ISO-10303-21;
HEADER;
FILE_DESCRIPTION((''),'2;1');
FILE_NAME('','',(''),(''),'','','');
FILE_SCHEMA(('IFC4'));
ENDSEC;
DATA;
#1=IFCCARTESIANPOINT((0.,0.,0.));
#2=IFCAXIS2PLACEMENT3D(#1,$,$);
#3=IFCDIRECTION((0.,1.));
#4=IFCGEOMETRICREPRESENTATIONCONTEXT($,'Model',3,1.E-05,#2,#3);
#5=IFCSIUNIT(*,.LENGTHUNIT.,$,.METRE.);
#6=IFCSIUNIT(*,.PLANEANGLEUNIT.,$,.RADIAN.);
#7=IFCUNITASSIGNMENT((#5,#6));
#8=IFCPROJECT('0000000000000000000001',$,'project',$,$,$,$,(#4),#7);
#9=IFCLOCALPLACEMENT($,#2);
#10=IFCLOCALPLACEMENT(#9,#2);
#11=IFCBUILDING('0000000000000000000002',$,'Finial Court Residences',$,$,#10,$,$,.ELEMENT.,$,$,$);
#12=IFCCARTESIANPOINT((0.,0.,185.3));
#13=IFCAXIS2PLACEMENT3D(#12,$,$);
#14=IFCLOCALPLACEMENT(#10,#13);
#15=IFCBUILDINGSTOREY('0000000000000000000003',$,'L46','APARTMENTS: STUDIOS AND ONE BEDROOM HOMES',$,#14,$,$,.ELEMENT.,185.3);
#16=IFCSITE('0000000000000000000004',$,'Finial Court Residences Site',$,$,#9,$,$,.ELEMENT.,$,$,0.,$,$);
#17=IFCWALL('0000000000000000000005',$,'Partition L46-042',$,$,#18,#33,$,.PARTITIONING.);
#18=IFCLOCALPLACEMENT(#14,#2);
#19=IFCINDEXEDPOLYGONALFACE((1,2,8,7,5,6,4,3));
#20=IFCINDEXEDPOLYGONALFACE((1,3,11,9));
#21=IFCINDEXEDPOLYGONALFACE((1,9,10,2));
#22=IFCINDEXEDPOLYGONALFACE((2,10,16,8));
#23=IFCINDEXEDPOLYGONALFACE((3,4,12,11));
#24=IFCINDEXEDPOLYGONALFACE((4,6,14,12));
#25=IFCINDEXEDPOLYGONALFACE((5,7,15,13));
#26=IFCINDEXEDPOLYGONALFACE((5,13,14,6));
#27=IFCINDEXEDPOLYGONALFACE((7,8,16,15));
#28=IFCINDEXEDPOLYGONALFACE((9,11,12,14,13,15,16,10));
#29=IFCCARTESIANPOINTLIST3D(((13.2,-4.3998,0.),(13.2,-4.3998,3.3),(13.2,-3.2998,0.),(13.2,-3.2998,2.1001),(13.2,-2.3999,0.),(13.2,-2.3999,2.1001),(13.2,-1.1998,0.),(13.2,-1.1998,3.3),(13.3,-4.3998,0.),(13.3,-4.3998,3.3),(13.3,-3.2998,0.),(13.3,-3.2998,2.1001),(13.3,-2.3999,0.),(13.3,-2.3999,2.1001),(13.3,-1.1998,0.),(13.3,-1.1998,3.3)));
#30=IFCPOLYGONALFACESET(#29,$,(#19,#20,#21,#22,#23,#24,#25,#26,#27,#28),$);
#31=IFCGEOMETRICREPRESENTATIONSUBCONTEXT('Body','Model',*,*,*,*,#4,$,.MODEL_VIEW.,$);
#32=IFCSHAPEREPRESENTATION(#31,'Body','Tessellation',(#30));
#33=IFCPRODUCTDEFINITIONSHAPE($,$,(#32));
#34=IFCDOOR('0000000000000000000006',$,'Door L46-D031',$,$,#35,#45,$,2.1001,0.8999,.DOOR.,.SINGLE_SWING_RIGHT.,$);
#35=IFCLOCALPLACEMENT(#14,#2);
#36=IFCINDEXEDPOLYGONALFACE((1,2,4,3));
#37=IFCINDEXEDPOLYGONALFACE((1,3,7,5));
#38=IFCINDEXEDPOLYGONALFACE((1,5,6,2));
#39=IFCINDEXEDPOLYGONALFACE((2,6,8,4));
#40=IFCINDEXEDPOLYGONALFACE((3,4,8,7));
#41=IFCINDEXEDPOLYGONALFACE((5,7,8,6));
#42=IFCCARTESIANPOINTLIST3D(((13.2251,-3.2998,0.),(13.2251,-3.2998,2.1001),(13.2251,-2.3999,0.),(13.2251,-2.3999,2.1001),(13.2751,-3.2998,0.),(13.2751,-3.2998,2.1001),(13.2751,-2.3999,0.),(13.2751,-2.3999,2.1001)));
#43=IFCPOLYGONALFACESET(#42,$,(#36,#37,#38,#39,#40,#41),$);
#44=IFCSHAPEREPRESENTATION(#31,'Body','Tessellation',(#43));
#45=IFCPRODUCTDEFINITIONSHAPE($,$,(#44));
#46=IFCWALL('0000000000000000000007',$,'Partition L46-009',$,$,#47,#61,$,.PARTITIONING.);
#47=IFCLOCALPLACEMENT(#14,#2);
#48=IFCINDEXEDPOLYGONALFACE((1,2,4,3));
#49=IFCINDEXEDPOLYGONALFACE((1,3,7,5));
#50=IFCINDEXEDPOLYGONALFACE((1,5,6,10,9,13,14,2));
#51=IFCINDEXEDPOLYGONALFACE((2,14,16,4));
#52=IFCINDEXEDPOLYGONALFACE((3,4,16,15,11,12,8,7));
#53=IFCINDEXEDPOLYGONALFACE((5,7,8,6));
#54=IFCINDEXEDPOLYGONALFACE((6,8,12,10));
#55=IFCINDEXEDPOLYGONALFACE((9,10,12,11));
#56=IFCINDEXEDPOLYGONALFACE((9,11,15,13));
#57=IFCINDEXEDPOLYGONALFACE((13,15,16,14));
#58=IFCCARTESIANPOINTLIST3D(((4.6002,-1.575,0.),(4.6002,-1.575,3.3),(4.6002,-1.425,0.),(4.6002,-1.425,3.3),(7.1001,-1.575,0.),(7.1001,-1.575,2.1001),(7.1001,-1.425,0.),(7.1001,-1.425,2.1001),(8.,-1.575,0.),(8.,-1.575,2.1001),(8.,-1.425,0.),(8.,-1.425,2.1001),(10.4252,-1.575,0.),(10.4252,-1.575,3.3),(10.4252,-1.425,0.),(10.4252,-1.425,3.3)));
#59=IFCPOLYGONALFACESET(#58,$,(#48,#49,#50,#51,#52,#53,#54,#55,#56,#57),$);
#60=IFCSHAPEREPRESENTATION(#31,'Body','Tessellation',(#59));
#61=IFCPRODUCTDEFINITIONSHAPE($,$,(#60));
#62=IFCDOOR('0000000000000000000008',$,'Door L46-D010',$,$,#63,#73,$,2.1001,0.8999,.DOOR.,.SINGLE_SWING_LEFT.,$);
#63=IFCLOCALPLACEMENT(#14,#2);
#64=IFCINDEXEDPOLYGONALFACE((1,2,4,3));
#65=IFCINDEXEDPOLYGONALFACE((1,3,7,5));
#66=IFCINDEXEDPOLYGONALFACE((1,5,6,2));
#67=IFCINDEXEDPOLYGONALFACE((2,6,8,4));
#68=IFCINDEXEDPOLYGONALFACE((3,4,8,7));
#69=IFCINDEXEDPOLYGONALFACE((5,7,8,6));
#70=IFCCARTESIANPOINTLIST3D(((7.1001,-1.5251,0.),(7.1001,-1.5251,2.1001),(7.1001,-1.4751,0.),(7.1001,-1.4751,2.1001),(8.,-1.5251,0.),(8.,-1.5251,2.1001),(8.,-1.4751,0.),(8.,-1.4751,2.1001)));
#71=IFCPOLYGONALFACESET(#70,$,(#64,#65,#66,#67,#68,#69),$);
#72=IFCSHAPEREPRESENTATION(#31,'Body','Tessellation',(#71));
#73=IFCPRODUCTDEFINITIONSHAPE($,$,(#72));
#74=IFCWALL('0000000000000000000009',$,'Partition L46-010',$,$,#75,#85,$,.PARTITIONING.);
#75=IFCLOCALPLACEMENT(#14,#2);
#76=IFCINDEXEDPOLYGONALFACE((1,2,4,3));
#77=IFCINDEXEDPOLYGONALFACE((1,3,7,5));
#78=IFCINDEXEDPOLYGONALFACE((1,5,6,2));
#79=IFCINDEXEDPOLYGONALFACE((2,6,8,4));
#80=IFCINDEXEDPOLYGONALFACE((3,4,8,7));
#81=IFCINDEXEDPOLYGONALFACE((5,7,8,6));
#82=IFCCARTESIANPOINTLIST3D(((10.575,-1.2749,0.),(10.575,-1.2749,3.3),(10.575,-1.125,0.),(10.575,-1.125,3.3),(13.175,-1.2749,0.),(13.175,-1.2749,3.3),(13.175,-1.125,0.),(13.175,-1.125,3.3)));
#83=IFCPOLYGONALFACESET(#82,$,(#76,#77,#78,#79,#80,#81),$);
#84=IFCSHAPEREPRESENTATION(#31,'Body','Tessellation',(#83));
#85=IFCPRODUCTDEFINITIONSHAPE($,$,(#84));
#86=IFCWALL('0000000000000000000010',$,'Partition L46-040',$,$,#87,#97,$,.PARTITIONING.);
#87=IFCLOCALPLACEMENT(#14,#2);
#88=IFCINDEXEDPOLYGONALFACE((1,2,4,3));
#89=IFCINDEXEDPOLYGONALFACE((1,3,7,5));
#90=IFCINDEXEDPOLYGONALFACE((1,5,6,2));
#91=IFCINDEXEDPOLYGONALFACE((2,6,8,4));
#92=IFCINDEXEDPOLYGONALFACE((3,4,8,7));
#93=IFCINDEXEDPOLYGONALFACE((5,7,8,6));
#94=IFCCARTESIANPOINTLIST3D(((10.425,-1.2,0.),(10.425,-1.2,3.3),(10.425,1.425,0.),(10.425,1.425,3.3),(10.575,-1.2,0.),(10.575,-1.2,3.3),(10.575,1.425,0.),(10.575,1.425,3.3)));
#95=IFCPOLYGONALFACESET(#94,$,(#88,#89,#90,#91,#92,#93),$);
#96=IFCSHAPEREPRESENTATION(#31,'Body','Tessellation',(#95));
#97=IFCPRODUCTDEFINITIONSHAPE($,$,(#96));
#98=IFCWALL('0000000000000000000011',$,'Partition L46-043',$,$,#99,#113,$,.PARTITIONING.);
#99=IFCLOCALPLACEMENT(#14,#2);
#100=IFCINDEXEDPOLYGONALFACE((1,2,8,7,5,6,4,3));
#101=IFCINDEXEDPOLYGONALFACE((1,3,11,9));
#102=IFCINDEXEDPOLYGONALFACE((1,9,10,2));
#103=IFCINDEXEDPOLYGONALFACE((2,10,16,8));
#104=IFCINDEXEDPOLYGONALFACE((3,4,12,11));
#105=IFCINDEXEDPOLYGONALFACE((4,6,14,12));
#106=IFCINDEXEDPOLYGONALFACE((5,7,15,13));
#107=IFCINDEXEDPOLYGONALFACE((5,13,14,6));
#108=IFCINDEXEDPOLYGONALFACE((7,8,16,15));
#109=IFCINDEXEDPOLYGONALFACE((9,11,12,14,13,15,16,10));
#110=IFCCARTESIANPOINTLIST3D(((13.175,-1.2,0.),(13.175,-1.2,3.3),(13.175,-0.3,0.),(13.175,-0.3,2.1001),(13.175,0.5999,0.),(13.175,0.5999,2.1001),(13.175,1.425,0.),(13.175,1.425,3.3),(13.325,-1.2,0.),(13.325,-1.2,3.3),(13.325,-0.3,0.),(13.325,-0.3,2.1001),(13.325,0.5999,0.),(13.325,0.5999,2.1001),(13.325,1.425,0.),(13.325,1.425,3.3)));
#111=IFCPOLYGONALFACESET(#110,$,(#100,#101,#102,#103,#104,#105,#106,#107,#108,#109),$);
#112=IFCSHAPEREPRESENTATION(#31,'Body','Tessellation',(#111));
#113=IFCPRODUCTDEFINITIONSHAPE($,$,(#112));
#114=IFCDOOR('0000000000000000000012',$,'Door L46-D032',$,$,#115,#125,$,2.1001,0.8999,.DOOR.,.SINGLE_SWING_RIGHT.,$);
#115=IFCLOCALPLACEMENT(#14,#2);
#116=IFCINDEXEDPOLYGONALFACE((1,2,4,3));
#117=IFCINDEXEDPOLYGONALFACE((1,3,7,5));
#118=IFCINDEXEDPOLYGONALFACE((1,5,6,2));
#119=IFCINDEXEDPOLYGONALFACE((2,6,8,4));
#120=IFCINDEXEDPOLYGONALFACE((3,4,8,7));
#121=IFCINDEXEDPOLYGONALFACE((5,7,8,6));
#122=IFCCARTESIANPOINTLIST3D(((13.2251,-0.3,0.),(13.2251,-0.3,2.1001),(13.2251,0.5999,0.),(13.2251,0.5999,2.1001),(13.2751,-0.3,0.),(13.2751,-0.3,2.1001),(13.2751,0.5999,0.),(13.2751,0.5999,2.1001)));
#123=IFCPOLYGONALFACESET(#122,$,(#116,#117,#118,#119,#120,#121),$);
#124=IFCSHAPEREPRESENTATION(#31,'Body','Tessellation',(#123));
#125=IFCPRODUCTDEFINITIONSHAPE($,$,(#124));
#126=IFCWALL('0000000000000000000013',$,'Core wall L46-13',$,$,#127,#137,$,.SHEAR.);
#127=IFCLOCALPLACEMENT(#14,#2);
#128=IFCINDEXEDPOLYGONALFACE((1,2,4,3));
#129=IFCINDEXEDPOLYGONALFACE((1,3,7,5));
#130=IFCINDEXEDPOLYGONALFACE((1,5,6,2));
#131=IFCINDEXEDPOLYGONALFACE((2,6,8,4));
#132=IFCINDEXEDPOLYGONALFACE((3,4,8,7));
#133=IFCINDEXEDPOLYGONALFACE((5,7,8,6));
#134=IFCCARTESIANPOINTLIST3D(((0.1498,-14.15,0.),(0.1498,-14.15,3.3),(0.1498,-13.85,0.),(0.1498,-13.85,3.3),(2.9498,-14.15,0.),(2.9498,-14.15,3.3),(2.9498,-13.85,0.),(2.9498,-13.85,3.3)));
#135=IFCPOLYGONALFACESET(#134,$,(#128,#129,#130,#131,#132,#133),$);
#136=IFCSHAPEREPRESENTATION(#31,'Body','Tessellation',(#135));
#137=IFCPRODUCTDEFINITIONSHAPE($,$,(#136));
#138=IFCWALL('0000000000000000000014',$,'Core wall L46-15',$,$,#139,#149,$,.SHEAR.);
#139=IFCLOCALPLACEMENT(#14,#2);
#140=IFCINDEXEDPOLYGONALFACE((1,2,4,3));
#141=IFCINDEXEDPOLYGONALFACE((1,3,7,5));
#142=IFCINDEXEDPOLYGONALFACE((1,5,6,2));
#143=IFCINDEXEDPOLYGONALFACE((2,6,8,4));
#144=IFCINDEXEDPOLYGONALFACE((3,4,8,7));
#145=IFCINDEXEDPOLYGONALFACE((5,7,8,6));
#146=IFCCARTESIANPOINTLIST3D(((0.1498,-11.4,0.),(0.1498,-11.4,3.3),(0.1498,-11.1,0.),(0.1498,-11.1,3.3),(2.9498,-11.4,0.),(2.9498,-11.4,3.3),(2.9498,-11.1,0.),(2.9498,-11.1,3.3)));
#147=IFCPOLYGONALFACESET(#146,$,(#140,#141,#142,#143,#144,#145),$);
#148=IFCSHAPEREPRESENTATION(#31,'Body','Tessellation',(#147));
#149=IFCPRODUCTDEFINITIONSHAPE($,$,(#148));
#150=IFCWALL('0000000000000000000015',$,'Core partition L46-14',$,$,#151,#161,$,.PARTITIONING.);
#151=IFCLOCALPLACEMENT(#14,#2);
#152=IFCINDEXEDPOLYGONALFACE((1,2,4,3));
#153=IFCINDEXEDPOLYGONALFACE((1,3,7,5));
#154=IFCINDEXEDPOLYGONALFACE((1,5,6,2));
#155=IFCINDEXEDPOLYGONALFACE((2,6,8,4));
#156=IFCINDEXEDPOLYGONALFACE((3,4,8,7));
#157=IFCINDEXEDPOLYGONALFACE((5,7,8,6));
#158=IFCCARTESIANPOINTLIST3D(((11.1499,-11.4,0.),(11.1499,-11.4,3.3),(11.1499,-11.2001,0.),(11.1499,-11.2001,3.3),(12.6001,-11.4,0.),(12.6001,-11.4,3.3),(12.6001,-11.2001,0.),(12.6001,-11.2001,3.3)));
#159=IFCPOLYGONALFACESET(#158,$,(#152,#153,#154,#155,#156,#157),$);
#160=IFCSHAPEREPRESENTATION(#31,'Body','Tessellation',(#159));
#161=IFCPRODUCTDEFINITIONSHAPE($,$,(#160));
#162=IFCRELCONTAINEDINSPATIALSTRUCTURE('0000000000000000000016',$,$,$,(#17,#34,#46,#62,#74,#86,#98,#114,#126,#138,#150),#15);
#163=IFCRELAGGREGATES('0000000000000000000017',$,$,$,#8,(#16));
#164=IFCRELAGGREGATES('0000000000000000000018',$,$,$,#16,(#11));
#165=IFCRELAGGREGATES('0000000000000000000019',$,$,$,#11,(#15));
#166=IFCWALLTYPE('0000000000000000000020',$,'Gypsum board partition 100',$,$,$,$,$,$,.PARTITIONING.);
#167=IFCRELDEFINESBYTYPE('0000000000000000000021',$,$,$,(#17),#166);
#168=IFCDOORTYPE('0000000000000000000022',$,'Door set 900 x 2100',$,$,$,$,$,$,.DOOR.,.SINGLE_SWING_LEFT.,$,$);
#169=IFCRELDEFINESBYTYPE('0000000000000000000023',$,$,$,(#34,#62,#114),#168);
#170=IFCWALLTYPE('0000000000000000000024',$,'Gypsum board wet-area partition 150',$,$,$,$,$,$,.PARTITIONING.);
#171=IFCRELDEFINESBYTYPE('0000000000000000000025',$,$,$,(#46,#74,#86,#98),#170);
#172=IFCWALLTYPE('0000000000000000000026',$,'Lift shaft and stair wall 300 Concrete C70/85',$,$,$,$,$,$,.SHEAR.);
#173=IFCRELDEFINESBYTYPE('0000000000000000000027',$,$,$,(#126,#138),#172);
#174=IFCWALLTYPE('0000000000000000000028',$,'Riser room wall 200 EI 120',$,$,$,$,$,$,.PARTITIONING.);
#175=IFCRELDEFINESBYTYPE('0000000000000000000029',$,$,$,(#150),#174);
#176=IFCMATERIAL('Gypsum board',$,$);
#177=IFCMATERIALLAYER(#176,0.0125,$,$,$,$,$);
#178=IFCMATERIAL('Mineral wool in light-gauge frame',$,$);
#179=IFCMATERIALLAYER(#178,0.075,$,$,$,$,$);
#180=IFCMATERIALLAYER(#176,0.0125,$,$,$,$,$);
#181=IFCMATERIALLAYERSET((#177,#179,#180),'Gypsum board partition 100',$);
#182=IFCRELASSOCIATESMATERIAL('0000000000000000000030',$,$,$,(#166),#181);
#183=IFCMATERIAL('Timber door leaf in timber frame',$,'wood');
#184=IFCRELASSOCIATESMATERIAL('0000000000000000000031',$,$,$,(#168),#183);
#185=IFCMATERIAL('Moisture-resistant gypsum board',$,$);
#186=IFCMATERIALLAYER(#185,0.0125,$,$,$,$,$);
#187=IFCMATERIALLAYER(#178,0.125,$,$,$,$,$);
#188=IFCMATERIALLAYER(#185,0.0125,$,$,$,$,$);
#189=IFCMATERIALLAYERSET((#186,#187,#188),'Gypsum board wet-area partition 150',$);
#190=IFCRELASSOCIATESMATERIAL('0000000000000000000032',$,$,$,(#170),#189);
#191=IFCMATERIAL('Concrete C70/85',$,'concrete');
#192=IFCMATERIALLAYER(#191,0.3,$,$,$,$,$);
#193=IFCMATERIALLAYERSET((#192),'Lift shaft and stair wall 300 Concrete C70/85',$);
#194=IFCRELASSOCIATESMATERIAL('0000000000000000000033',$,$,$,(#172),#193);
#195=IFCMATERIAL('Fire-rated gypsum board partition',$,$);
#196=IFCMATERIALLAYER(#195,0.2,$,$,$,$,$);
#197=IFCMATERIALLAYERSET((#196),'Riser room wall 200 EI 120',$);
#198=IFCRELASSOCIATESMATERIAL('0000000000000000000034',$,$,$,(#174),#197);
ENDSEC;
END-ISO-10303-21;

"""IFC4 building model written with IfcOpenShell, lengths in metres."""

from ifc_helpers import new_model, si_unit, direction, frame, frame_2d, origin, place, context, subcontext, project, spatial, rectangle, extrude, material, layer, layer_set, type_object, element, fill, save


model = new_model("IFC4")

# Units and contexts
model_context = context("Model", 3, precision=1e-05, world=origin(), true_north=direction((0.0, 1.0)))
body_context = subcontext(model_context, "Body", "Model", "MODEL_VIEW")
ifc_project = project(units=[si_unit("LENGTHUNIT", "METRE"), si_unit("PLANEANGLEUNIT", "RADIAN")], contexts=[model_context])

# Site, building, storey
site_placement = place(None, origin())
site = spatial("IfcSite", under=ifc_project, at=site_placement, Name="Finial Court Residences Site", CompositionType="ELEMENT", RefElevation=0.0)
building_placement = place(site_placement, origin())
building = spatial("IfcBuilding", under=site, at=building_placement, Name="Finial Court Residences", CompositionType="ELEMENT")
storey_placement = place(building_placement, frame((0.0, 0.0, 185.3)))
storey = spatial("IfcBuildingStorey", under=building, at=storey_placement, Name="L46", Description="APARTMENTS: STUDIOS AND ONE BEDROOM HOMES", CompositionType="ELEMENT", Elevation=185.3)

# Shared definitions
ifc_material_1 = material(Name="Fire-rated gypsum board partition")

# Shared definitions
ifc_material_2 = material(Name="Gypsum board")

# Shared definitions
ifc_layer_1 = layer(ifc_material_2, 0.0125)
ifc_material_3 = material(Name="Mineral wool in light-gauge frame")
ifc_layer_2 = layer(ifc_material_3, 0.075)
ifc_layer_3 = layer(ifc_material_2, 0.0125)
ifc_layer_set_1 = layer_set([ifc_layer_1, ifc_layer_2, ifc_layer_3], Name="Gypsum board partition 100")
wall_type_1 = type_object("IfcWallType", Name="Gypsum board partition 100", PredefinedType="PARTITIONING", material=ifc_layer_set_1)

# Walls, openings, doors
wall_1_placement = place(storey_placement, frame((13.25, -4.3999, 0.0), z_axis=(0.0, 0.0, 1.0), x_axis=(0.0, 1.0, 0.0)))
wall_1 = element("IfcWall", 1, at=wall_1_placement, inside=storey, type_object=wall_type_1, Name="Partition L46-042", PredefinedType="PARTITIONING", context=body_context, shape_type="SweptSolid", body=[
    extrude(rectangle(XDim=3.2, YDim=0.1001, at=frame_2d((1.6001, 0.0))), origin(), (0.0, 0.0, 1.0), 3.3),
])
opening_1_placement = place(wall_1_placement, frame((1.1001, 0.0, 0.0)))
opening_1 = element("IfcOpeningElement", 2, at=opening_1_placement, cuts=wall_1, PredefinedType="OPENING", context=body_context, shape_type="SweptSolid", body=[
    extrude(rectangle(XDim=0.8999, YDim=2.1001, at=frame_2d((0.45, 1.05))), frame((0.0, 0.0601, 0.0), z_axis=(0.0, -1.0, 0.0), x_axis=(1.0, 0.0, 0.0)), (0.0, 0.0, 1.0), 0.1201),
])
ifc_material_4 = material(Name="Timber door leaf in timber frame", Category="wood")
door_type_1 = type_object("IfcDoorType", Name="Door set 900 x 2100", OperationType="SINGLE_SWING_LEFT", PredefinedType="DOOR", material=ifc_material_4)
door_1_placement = place(opening_1_placement, origin())
door_1 = element("IfcDoor", 3, at=door_1_placement, inside=storey, type_object=door_type_1, Name="Door L46-D031", OperationType="SINGLE_SWING_RIGHT", OverallHeight=2.1001, OverallWidth=0.8999, PredefinedType="DOOR", context=body_context, shape_type="SweptSolid", body=[
    extrude(rectangle(XDim=0.8999, YDim=2.1001, at=frame_2d((0.45, 1.05))), frame((0.0, 0.0249, 0.0), z_axis=(0.0, -1.0, 0.0), x_axis=(1.0, 0.0, 0.0)), (0.0, 0.0, 1.0), 0.05),
])
fill(opening_1, door_1)
ifc_material_5 = material(Name="Moisture-resistant gypsum board")
ifc_layer_4 = layer(ifc_material_5, 0.0125)
ifc_layer_5 = layer(ifc_material_3, 0.125)
ifc_layer_6 = layer(ifc_material_5, 0.0125)
ifc_layer_set_2 = layer_set([ifc_layer_4, ifc_layer_5, ifc_layer_6], Name="Gypsum board wet-area partition 150")
wall_type_2 = type_object("IfcWallType", Name="Gypsum board wet-area partition 150", PredefinedType="PARTITIONING", material=ifc_layer_set_2)
wall_2_placement = place(storey_placement, frame((4.6001, -1.5, 0.0), z_axis=(0.0, 0.0, 1.0), x_axis=(1.0, 0.0, 0.0)))
wall_2 = element("IfcWall", 4, at=wall_2_placement, inside=storey, type_object=wall_type_2, Name="Partition L46-009", PredefinedType="PARTITIONING", context=body_context, shape_type="SweptSolid", body=[
    extrude(rectangle(XDim=5.825, YDim=0.1499, at=frame_2d((2.9126, 0.0))), origin(), (0.0, 0.0, 1.0), 3.3),
])
opening_2_placement = place(wall_2_placement, frame((2.5, 0.0, 0.0)))
opening_2 = element("IfcOpeningElement", 5, at=opening_2_placement, cuts=wall_2, PredefinedType="OPENING", context=body_context, shape_type="SweptSolid", body=[
    extrude(rectangle(XDim=0.8999, YDim=2.1001, at=frame_2d((0.45, 1.05))), frame((0.0, 0.085, 0.0), z_axis=(0.0, -1.0, 0.0), x_axis=(1.0, 0.0, 0.0)), (0.0, 0.0, 1.0), 0.1699),
])
door_2_placement = place(opening_2_placement, origin())
door_2 = element("IfcDoor", 6, at=door_2_placement, inside=storey, type_object=door_type_1, Name="Door L46-D010", OperationType="SINGLE_SWING_LEFT", OverallHeight=2.1001, OverallWidth=0.8999, PredefinedType="DOOR", context=body_context, shape_type="SweptSolid", body=[
    extrude(rectangle(XDim=0.8999, YDim=2.1001, at=frame_2d((0.45, 1.05))), frame((0.0, 0.0249, 0.0), z_axis=(0.0, -1.0, 0.0), x_axis=(1.0, 0.0, 0.0)), (0.0, 0.0, 1.0), 0.05),
])
fill(opening_2, door_2)

# Walls
wall_3_placement = place(storey_placement, frame((10.575, -1.2, 0.0), z_axis=(0.0, 0.0, 1.0), x_axis=(1.0, 0.0, 0.0)))
element("IfcWall", 7, at=wall_3_placement, inside=storey, type_object=wall_type_2, Name="Partition L46-010", PredefinedType="PARTITIONING", context=body_context, shape_type="SweptSolid", body=[
    extrude(rectangle(XDim=2.6001, YDim=0.1499, at=frame_2d((1.3, 0.0))), origin(), (0.0, 0.0, 1.0), 3.3),
])
wall_4_placement = place(storey_placement, frame((10.5, -1.2, 0.0), z_axis=(0.0, 0.0, 1.0), x_axis=(0.0, 1.0, 0.0)))
element("IfcWall", 8, at=wall_4_placement, inside=storey, type_object=wall_type_2, Name="Partition L46-040", PredefinedType="PARTITIONING", context=body_context, shape_type="SweptSolid", body=[
    extrude(rectangle(XDim=2.625, YDim=0.1499, at=frame_2d((1.3125, 0.0))), origin(), (0.0, 0.0, 1.0), 3.3),
])

# Wall, opening, door
wall_5_placement = place(storey_placement, frame((13.25, -1.2, 0.0), z_axis=(0.0, 0.0, 1.0), x_axis=(0.0, 1.0, 0.0)))
wall_5 = element("IfcWall", 9, at=wall_5_placement, inside=storey, type_object=wall_type_2, Name="Partition L46-043", PredefinedType="PARTITIONING", context=body_context, shape_type="SweptSolid", body=[
    extrude(rectangle(XDim=2.625, YDim=0.1499, at=frame_2d((1.3125, 0.0))), origin(), (0.0, 0.0, 1.0), 3.3),
])
opening_3_placement = place(wall_5_placement, frame((0.8999, 0.0, 0.0)))
opening_3 = element("IfcOpeningElement", 10, at=opening_3_placement, cuts=wall_5, PredefinedType="OPENING", context=body_context, shape_type="SweptSolid", body=[
    extrude(rectangle(XDim=0.8999, YDim=2.1001, at=frame_2d((0.45, 1.05))), frame((0.0, 0.085, 0.0), z_axis=(0.0, -1.0, 0.0), x_axis=(1.0, 0.0, 0.0)), (0.0, 0.0, 1.0), 0.1699),
])
door_3_placement = place(opening_3_placement, origin())
door_3 = element("IfcDoor", 11, at=door_3_placement, inside=storey, type_object=door_type_1, Name="Door L46-D032", OperationType="SINGLE_SWING_RIGHT", OverallHeight=2.1001, OverallWidth=0.8999, PredefinedType="DOOR", context=body_context, shape_type="SweptSolid", body=[
    extrude(rectangle(XDim=0.8999, YDim=2.1001, at=frame_2d((0.45, 1.05))), frame((0.0, 0.0249, 0.0), z_axis=(0.0, -1.0, 0.0), x_axis=(1.0, 0.0, 0.0)), (0.0, 0.0, 1.0), 0.05),
])
fill(opening_3, door_3)

# Walls
ifc_material_6 = material(Name="Concrete C70/85", Category="concrete")
ifc_layer_7 = layer(ifc_material_6, 0.3)
ifc_layer_set_3 = layer_set([ifc_layer_7], Name="Lift shaft and stair wall 300 Concrete C70/85")
wall_type_3 = type_object("IfcWallType", Name="Lift shaft and stair wall 300 Concrete C70/85", PredefinedType="SHEAR", material=ifc_layer_set_3)
for number, where, z_axis, x_axis, name in (
    (12, (0.1499, -14.0, 0.0), (0.0, 0.0, 1.0), (1.0, 0.0, 0.0), "Core wall L46-13"),
    (13, (0.1499, -11.25, 0.0), (0.0, 0.0, 1.0), (1.0, 0.0, 0.0), "Core wall L46-15"),
):
    element("IfcWall", number, at=place(storey_placement, frame(where, z_axis=z_axis, x_axis=x_axis)), inside=storey, type_object=wall_type_3, Name=name, PredefinedType="SHEAR", context=body_context, shape_type="SweptSolid", body=[
        extrude(rectangle(XDim=2.8, YDim=0.3, at=frame_2d((1.3999, 0.0))), origin(), (0.0, 0.0, 1.0), 3.3),
    ])
ifc_layer_8 = layer(ifc_material_1, 0.2)
ifc_layer_set_4 = layer_set([ifc_layer_8], Name="Riser room wall 200 EI 120")
wall_type_4 = type_object("IfcWallType", Name="Riser room wall 200 EI 120", PredefinedType="PARTITIONING", material=ifc_layer_set_4)
wall_6_placement = place(storey_placement, frame((11.1499, -11.3, 0.0), z_axis=(0.0, 0.0, 1.0), x_axis=(1.0, 0.0, 0.0)))
element("IfcWall", 14, at=wall_6_placement, inside=storey, type_object=wall_type_4, Name="Core partition L46-14", PredefinedType="PARTITIONING", context=body_context, shape_type="SweptSolid", body=[
    extrude(rectangle(XDim=1.4502, YDim=0.2, at=frame_2d((0.7251, 0.0))), origin(), (0.0, 0.0, 1.0), 3.3),
])

save(model, "model.ifc")
